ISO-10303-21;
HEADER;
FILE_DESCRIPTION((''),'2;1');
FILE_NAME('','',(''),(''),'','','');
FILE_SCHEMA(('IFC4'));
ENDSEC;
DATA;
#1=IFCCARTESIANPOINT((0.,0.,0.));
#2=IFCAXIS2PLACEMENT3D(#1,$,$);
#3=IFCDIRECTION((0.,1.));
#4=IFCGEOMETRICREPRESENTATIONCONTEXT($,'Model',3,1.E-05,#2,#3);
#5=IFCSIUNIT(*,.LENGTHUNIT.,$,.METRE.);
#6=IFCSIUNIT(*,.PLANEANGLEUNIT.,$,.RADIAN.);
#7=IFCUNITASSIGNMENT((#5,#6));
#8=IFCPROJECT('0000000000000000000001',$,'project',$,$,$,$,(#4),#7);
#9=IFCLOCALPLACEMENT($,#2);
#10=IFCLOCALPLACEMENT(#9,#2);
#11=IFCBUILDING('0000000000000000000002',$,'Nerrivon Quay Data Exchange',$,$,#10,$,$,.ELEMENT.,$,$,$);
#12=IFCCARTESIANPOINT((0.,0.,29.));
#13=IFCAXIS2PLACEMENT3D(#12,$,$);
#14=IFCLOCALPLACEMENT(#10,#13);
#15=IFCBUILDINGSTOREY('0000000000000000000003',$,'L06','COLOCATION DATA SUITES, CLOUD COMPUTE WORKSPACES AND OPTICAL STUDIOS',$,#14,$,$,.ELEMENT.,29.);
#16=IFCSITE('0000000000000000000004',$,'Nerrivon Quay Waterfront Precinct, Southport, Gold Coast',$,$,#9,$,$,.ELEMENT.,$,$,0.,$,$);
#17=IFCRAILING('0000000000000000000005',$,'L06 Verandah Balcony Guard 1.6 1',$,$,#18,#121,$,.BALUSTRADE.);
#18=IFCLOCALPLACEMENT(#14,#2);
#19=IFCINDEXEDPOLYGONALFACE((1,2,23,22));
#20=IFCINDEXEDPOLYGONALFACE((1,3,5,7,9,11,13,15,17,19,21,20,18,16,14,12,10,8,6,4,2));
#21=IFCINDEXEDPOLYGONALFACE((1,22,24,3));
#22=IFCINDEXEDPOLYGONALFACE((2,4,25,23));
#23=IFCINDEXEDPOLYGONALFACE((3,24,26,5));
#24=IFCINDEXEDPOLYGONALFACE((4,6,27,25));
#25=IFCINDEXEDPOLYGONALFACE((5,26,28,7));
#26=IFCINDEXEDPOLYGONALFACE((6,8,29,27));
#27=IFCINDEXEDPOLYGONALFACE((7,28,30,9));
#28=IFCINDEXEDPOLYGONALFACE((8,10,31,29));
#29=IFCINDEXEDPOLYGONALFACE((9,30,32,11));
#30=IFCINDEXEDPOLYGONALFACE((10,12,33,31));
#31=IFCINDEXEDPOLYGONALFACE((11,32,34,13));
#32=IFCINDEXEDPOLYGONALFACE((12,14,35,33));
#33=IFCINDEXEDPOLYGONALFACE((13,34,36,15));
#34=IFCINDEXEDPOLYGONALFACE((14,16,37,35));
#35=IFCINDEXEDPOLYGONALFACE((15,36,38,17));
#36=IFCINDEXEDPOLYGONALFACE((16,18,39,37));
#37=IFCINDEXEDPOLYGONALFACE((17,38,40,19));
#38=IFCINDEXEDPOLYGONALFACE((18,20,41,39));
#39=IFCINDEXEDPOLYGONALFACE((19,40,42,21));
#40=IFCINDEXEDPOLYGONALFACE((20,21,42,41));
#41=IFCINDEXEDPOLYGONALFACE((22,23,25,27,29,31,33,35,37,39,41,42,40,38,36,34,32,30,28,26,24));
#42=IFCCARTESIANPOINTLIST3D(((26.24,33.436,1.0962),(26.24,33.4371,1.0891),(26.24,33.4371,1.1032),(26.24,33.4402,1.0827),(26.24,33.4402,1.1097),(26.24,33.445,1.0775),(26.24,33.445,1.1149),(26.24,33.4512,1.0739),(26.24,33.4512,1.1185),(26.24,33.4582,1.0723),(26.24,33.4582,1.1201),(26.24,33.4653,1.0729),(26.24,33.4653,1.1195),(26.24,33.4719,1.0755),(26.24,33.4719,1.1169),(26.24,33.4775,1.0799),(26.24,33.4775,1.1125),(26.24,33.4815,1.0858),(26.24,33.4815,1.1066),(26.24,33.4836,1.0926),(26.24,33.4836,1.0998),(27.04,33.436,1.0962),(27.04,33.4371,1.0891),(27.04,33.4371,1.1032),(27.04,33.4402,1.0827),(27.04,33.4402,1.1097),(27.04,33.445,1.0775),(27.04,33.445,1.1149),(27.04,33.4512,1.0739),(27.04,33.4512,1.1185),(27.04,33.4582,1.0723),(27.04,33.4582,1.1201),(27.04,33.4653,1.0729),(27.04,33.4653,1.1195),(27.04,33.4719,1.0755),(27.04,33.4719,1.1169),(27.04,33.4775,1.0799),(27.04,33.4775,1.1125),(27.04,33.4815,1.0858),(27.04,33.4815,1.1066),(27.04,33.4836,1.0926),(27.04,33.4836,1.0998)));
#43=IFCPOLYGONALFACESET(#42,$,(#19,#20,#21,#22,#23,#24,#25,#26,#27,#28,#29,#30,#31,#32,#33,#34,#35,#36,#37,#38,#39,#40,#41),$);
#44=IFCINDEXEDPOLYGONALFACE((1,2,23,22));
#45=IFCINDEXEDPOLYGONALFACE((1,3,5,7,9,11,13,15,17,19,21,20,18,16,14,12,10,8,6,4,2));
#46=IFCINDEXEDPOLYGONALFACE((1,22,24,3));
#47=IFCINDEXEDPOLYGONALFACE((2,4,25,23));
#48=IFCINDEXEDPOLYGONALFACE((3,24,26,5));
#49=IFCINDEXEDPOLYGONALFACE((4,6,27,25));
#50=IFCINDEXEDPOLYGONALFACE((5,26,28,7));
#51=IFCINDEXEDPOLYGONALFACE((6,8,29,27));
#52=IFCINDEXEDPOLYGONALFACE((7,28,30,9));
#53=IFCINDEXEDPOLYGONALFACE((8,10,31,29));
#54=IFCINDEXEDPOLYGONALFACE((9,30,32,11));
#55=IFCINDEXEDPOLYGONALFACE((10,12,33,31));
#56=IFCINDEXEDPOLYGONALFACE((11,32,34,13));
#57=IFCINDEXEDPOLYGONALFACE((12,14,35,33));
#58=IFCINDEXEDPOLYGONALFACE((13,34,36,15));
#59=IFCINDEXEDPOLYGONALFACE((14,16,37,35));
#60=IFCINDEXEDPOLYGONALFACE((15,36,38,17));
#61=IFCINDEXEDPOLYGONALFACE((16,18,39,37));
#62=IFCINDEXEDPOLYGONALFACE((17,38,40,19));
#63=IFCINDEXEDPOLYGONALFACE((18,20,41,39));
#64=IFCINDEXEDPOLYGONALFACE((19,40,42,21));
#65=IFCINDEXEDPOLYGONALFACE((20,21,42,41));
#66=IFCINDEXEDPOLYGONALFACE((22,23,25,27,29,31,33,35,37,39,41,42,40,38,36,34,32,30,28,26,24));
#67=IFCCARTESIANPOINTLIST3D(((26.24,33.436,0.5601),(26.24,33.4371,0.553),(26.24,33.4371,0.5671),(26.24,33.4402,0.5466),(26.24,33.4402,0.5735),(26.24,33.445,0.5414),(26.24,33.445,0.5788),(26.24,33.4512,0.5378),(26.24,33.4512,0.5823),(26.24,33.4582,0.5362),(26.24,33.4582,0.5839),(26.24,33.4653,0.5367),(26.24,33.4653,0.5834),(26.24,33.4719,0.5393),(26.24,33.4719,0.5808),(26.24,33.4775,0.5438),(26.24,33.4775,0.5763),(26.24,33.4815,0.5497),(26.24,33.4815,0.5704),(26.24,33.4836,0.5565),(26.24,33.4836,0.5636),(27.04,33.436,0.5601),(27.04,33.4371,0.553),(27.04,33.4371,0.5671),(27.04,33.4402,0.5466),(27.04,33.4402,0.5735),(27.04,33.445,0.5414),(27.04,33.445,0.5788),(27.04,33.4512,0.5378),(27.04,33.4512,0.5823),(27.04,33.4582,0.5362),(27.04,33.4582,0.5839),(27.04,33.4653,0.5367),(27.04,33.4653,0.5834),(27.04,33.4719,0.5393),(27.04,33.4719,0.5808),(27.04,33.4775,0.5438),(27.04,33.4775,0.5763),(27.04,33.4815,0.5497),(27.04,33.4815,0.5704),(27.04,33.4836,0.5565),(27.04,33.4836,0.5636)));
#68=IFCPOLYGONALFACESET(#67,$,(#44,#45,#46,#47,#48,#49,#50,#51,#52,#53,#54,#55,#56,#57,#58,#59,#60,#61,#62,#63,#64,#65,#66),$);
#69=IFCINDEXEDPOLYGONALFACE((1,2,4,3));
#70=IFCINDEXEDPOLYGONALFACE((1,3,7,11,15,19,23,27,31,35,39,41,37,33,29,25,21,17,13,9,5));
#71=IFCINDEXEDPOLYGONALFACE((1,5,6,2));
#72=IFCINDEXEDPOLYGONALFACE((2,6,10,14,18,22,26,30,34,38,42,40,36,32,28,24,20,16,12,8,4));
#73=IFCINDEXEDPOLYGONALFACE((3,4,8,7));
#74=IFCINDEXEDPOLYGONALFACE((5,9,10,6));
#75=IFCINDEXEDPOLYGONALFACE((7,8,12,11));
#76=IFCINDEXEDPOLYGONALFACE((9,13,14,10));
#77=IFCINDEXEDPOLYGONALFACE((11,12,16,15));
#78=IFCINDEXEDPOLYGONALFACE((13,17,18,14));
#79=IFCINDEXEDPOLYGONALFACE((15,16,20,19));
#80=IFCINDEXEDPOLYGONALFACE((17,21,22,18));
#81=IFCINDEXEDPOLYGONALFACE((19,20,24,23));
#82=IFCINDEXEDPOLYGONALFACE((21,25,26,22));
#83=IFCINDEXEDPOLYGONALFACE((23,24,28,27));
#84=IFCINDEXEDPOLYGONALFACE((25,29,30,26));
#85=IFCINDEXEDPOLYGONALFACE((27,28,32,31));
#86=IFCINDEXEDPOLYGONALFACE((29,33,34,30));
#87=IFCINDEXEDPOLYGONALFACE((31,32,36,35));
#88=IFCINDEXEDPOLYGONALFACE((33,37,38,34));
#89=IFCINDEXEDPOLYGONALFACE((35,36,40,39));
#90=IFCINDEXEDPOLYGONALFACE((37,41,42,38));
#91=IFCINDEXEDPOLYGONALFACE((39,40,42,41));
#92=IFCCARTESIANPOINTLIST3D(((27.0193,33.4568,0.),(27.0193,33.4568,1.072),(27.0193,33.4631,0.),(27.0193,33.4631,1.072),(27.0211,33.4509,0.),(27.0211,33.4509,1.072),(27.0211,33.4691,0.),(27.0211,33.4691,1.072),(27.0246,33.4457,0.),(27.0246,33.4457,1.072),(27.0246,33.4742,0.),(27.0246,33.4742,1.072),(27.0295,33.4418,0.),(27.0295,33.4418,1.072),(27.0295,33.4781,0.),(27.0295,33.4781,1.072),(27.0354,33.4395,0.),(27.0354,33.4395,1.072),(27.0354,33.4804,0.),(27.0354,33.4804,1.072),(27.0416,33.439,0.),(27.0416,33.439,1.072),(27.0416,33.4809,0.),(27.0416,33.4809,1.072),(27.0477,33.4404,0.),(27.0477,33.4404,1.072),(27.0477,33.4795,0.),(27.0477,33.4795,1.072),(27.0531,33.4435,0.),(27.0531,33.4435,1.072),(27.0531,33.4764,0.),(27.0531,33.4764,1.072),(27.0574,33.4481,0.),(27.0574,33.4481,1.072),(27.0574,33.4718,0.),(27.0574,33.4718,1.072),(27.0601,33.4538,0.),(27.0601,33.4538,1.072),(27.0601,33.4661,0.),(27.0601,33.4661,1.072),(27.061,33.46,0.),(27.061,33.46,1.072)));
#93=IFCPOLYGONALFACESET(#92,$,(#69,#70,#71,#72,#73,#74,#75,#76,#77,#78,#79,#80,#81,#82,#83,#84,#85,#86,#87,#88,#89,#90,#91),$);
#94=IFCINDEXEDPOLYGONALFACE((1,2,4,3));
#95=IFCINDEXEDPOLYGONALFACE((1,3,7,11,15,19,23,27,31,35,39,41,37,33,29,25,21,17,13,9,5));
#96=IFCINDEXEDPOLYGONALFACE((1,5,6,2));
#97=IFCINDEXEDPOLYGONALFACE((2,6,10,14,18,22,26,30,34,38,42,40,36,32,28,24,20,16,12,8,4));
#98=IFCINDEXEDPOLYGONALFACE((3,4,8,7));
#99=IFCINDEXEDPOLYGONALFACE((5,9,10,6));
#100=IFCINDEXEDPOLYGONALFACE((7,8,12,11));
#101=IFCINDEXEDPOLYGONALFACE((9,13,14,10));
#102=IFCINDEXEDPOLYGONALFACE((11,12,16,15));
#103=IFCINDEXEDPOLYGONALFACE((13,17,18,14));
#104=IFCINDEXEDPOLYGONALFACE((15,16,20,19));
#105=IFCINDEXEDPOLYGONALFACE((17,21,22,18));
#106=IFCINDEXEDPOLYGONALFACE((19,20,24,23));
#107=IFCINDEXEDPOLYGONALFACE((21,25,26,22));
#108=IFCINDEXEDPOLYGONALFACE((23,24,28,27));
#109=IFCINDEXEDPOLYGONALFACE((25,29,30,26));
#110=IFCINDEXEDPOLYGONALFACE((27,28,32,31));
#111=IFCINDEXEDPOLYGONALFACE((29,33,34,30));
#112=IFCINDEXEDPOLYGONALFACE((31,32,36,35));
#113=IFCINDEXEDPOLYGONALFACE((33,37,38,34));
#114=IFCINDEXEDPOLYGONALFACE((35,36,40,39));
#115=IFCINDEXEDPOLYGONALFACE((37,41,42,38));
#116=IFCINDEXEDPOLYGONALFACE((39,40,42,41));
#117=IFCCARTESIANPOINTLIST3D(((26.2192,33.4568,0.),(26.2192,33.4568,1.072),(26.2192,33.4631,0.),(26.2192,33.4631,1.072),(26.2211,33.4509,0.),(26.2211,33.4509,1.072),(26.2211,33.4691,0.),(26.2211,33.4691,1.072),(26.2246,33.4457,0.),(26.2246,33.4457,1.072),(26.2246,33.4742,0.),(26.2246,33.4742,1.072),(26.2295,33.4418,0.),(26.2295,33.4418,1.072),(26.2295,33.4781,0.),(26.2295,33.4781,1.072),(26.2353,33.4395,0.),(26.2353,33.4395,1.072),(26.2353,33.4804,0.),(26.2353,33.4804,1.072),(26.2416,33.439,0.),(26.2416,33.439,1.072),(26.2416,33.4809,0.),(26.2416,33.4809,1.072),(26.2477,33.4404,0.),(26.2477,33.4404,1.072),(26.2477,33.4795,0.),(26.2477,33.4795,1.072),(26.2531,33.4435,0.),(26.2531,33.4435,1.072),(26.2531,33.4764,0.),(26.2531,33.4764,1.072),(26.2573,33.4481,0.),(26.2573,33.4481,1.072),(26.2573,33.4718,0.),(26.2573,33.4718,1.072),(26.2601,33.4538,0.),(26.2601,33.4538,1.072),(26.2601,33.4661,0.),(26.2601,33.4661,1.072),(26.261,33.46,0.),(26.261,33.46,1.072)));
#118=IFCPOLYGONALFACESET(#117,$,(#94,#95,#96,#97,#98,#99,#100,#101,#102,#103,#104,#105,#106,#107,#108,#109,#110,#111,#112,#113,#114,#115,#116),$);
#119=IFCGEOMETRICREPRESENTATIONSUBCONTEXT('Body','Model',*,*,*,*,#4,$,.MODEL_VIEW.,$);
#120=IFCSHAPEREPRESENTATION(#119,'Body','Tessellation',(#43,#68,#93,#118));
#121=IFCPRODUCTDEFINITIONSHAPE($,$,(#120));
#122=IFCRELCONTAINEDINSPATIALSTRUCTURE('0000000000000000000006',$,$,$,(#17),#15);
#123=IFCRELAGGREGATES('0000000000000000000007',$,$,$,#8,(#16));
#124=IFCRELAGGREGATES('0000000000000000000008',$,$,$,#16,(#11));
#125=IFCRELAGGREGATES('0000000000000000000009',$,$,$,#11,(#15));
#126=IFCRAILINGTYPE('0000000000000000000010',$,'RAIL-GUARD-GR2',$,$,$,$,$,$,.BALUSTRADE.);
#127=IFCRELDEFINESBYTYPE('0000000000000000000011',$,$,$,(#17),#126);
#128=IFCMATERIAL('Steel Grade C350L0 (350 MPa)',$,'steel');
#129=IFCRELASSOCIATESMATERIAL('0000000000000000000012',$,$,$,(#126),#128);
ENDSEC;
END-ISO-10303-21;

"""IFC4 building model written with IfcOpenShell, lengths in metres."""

from ifc_helpers import new_model, si_unit, direction, frame, origin, origin_2d, place, context, subcontext, project, spatial, circle, extrude, material, type_object, element, save


model = new_model("IFC4")

# Units and contexts
model_context = context("Model", 3, precision=1e-05, world=origin(), true_north=direction((0.0, 1.0)))
body_context = subcontext(model_context, "Body", "Model", "MODEL_VIEW")
ifc_project = project(units=[si_unit("LENGTHUNIT", "METRE"), si_unit("PLANEANGLEUNIT", "RADIAN")], contexts=[model_context])

# Site, building, storey
site_placement = place(None, origin())
site = spatial("IfcSite", under=ifc_project, at=site_placement, Name="Nerrivon Quay Waterfront Precinct, Southport, Gold Coast", CompositionType="ELEMENT", RefElevation=0.0)
building_placement = place(site_placement, origin())
building = spatial("IfcBuilding", under=site, at=building_placement, Name="Nerrivon Quay Data Exchange", CompositionType="ELEMENT")
storey_placement = place(building_placement, frame((0.0, 0.0, 29.0)))
storey = spatial("IfcBuildingStorey", under=building, at=storey_placement, Name="L06", Description="COLOCATION DATA SUITES, CLOUD COMPUTE WORKSPACES AND OPTICAL STUDIOS", CompositionType="ELEMENT", Elevation=29.0)

# Railing
ifc_material_1 = material(Name="Steel Grade C350L0 (350 MPa)", Category="steel")
railing_type = type_object("IfcRailingType", Name="RAIL-GUARD-GR2", PredefinedType="BALUSTRADE", material=ifc_material_1)
railing_1_placement = place(storey_placement, frame((27.04, 33.46, 0.0)))
element("IfcRailing", 1, at=railing_1_placement, inside=storey, type_object=railing_type, Name="L06 Verandah Balcony Guard 1.6 1", PredefinedType="BALUSTRADE", context=body_context, shape_type="SweptSolid", body=[
    extrude(circle(Radius=0.0239, at=origin_2d()), frame((0.0, 0.0, 1.0962), z_axis=(-1.0, 0.0, 0.0), x_axis=(0.0, -1.0, 0.0)), (0.0, 0.0, 1.0), 0.8),
    extrude(circle(Radius=0.0239, at=origin_2d()), frame((0.0, 0.0, 0.5601), z_axis=(-1.0, 0.0, 0.0), x_axis=(0.0, -1.0, 0.0)), (0.0, 0.0, 1.0), 0.8),
    extrude(circle(Radius=0.021, at=origin_2d()), origin(), (0.0, 0.0, 1.0), 1.072),
    extrude(circle(Radius=0.021, at=origin_2d()), frame((-0.8, 0.0, 0.0)), (0.0, 0.0, 1.0), 1.072),
])

save(model, "model.ifc")
